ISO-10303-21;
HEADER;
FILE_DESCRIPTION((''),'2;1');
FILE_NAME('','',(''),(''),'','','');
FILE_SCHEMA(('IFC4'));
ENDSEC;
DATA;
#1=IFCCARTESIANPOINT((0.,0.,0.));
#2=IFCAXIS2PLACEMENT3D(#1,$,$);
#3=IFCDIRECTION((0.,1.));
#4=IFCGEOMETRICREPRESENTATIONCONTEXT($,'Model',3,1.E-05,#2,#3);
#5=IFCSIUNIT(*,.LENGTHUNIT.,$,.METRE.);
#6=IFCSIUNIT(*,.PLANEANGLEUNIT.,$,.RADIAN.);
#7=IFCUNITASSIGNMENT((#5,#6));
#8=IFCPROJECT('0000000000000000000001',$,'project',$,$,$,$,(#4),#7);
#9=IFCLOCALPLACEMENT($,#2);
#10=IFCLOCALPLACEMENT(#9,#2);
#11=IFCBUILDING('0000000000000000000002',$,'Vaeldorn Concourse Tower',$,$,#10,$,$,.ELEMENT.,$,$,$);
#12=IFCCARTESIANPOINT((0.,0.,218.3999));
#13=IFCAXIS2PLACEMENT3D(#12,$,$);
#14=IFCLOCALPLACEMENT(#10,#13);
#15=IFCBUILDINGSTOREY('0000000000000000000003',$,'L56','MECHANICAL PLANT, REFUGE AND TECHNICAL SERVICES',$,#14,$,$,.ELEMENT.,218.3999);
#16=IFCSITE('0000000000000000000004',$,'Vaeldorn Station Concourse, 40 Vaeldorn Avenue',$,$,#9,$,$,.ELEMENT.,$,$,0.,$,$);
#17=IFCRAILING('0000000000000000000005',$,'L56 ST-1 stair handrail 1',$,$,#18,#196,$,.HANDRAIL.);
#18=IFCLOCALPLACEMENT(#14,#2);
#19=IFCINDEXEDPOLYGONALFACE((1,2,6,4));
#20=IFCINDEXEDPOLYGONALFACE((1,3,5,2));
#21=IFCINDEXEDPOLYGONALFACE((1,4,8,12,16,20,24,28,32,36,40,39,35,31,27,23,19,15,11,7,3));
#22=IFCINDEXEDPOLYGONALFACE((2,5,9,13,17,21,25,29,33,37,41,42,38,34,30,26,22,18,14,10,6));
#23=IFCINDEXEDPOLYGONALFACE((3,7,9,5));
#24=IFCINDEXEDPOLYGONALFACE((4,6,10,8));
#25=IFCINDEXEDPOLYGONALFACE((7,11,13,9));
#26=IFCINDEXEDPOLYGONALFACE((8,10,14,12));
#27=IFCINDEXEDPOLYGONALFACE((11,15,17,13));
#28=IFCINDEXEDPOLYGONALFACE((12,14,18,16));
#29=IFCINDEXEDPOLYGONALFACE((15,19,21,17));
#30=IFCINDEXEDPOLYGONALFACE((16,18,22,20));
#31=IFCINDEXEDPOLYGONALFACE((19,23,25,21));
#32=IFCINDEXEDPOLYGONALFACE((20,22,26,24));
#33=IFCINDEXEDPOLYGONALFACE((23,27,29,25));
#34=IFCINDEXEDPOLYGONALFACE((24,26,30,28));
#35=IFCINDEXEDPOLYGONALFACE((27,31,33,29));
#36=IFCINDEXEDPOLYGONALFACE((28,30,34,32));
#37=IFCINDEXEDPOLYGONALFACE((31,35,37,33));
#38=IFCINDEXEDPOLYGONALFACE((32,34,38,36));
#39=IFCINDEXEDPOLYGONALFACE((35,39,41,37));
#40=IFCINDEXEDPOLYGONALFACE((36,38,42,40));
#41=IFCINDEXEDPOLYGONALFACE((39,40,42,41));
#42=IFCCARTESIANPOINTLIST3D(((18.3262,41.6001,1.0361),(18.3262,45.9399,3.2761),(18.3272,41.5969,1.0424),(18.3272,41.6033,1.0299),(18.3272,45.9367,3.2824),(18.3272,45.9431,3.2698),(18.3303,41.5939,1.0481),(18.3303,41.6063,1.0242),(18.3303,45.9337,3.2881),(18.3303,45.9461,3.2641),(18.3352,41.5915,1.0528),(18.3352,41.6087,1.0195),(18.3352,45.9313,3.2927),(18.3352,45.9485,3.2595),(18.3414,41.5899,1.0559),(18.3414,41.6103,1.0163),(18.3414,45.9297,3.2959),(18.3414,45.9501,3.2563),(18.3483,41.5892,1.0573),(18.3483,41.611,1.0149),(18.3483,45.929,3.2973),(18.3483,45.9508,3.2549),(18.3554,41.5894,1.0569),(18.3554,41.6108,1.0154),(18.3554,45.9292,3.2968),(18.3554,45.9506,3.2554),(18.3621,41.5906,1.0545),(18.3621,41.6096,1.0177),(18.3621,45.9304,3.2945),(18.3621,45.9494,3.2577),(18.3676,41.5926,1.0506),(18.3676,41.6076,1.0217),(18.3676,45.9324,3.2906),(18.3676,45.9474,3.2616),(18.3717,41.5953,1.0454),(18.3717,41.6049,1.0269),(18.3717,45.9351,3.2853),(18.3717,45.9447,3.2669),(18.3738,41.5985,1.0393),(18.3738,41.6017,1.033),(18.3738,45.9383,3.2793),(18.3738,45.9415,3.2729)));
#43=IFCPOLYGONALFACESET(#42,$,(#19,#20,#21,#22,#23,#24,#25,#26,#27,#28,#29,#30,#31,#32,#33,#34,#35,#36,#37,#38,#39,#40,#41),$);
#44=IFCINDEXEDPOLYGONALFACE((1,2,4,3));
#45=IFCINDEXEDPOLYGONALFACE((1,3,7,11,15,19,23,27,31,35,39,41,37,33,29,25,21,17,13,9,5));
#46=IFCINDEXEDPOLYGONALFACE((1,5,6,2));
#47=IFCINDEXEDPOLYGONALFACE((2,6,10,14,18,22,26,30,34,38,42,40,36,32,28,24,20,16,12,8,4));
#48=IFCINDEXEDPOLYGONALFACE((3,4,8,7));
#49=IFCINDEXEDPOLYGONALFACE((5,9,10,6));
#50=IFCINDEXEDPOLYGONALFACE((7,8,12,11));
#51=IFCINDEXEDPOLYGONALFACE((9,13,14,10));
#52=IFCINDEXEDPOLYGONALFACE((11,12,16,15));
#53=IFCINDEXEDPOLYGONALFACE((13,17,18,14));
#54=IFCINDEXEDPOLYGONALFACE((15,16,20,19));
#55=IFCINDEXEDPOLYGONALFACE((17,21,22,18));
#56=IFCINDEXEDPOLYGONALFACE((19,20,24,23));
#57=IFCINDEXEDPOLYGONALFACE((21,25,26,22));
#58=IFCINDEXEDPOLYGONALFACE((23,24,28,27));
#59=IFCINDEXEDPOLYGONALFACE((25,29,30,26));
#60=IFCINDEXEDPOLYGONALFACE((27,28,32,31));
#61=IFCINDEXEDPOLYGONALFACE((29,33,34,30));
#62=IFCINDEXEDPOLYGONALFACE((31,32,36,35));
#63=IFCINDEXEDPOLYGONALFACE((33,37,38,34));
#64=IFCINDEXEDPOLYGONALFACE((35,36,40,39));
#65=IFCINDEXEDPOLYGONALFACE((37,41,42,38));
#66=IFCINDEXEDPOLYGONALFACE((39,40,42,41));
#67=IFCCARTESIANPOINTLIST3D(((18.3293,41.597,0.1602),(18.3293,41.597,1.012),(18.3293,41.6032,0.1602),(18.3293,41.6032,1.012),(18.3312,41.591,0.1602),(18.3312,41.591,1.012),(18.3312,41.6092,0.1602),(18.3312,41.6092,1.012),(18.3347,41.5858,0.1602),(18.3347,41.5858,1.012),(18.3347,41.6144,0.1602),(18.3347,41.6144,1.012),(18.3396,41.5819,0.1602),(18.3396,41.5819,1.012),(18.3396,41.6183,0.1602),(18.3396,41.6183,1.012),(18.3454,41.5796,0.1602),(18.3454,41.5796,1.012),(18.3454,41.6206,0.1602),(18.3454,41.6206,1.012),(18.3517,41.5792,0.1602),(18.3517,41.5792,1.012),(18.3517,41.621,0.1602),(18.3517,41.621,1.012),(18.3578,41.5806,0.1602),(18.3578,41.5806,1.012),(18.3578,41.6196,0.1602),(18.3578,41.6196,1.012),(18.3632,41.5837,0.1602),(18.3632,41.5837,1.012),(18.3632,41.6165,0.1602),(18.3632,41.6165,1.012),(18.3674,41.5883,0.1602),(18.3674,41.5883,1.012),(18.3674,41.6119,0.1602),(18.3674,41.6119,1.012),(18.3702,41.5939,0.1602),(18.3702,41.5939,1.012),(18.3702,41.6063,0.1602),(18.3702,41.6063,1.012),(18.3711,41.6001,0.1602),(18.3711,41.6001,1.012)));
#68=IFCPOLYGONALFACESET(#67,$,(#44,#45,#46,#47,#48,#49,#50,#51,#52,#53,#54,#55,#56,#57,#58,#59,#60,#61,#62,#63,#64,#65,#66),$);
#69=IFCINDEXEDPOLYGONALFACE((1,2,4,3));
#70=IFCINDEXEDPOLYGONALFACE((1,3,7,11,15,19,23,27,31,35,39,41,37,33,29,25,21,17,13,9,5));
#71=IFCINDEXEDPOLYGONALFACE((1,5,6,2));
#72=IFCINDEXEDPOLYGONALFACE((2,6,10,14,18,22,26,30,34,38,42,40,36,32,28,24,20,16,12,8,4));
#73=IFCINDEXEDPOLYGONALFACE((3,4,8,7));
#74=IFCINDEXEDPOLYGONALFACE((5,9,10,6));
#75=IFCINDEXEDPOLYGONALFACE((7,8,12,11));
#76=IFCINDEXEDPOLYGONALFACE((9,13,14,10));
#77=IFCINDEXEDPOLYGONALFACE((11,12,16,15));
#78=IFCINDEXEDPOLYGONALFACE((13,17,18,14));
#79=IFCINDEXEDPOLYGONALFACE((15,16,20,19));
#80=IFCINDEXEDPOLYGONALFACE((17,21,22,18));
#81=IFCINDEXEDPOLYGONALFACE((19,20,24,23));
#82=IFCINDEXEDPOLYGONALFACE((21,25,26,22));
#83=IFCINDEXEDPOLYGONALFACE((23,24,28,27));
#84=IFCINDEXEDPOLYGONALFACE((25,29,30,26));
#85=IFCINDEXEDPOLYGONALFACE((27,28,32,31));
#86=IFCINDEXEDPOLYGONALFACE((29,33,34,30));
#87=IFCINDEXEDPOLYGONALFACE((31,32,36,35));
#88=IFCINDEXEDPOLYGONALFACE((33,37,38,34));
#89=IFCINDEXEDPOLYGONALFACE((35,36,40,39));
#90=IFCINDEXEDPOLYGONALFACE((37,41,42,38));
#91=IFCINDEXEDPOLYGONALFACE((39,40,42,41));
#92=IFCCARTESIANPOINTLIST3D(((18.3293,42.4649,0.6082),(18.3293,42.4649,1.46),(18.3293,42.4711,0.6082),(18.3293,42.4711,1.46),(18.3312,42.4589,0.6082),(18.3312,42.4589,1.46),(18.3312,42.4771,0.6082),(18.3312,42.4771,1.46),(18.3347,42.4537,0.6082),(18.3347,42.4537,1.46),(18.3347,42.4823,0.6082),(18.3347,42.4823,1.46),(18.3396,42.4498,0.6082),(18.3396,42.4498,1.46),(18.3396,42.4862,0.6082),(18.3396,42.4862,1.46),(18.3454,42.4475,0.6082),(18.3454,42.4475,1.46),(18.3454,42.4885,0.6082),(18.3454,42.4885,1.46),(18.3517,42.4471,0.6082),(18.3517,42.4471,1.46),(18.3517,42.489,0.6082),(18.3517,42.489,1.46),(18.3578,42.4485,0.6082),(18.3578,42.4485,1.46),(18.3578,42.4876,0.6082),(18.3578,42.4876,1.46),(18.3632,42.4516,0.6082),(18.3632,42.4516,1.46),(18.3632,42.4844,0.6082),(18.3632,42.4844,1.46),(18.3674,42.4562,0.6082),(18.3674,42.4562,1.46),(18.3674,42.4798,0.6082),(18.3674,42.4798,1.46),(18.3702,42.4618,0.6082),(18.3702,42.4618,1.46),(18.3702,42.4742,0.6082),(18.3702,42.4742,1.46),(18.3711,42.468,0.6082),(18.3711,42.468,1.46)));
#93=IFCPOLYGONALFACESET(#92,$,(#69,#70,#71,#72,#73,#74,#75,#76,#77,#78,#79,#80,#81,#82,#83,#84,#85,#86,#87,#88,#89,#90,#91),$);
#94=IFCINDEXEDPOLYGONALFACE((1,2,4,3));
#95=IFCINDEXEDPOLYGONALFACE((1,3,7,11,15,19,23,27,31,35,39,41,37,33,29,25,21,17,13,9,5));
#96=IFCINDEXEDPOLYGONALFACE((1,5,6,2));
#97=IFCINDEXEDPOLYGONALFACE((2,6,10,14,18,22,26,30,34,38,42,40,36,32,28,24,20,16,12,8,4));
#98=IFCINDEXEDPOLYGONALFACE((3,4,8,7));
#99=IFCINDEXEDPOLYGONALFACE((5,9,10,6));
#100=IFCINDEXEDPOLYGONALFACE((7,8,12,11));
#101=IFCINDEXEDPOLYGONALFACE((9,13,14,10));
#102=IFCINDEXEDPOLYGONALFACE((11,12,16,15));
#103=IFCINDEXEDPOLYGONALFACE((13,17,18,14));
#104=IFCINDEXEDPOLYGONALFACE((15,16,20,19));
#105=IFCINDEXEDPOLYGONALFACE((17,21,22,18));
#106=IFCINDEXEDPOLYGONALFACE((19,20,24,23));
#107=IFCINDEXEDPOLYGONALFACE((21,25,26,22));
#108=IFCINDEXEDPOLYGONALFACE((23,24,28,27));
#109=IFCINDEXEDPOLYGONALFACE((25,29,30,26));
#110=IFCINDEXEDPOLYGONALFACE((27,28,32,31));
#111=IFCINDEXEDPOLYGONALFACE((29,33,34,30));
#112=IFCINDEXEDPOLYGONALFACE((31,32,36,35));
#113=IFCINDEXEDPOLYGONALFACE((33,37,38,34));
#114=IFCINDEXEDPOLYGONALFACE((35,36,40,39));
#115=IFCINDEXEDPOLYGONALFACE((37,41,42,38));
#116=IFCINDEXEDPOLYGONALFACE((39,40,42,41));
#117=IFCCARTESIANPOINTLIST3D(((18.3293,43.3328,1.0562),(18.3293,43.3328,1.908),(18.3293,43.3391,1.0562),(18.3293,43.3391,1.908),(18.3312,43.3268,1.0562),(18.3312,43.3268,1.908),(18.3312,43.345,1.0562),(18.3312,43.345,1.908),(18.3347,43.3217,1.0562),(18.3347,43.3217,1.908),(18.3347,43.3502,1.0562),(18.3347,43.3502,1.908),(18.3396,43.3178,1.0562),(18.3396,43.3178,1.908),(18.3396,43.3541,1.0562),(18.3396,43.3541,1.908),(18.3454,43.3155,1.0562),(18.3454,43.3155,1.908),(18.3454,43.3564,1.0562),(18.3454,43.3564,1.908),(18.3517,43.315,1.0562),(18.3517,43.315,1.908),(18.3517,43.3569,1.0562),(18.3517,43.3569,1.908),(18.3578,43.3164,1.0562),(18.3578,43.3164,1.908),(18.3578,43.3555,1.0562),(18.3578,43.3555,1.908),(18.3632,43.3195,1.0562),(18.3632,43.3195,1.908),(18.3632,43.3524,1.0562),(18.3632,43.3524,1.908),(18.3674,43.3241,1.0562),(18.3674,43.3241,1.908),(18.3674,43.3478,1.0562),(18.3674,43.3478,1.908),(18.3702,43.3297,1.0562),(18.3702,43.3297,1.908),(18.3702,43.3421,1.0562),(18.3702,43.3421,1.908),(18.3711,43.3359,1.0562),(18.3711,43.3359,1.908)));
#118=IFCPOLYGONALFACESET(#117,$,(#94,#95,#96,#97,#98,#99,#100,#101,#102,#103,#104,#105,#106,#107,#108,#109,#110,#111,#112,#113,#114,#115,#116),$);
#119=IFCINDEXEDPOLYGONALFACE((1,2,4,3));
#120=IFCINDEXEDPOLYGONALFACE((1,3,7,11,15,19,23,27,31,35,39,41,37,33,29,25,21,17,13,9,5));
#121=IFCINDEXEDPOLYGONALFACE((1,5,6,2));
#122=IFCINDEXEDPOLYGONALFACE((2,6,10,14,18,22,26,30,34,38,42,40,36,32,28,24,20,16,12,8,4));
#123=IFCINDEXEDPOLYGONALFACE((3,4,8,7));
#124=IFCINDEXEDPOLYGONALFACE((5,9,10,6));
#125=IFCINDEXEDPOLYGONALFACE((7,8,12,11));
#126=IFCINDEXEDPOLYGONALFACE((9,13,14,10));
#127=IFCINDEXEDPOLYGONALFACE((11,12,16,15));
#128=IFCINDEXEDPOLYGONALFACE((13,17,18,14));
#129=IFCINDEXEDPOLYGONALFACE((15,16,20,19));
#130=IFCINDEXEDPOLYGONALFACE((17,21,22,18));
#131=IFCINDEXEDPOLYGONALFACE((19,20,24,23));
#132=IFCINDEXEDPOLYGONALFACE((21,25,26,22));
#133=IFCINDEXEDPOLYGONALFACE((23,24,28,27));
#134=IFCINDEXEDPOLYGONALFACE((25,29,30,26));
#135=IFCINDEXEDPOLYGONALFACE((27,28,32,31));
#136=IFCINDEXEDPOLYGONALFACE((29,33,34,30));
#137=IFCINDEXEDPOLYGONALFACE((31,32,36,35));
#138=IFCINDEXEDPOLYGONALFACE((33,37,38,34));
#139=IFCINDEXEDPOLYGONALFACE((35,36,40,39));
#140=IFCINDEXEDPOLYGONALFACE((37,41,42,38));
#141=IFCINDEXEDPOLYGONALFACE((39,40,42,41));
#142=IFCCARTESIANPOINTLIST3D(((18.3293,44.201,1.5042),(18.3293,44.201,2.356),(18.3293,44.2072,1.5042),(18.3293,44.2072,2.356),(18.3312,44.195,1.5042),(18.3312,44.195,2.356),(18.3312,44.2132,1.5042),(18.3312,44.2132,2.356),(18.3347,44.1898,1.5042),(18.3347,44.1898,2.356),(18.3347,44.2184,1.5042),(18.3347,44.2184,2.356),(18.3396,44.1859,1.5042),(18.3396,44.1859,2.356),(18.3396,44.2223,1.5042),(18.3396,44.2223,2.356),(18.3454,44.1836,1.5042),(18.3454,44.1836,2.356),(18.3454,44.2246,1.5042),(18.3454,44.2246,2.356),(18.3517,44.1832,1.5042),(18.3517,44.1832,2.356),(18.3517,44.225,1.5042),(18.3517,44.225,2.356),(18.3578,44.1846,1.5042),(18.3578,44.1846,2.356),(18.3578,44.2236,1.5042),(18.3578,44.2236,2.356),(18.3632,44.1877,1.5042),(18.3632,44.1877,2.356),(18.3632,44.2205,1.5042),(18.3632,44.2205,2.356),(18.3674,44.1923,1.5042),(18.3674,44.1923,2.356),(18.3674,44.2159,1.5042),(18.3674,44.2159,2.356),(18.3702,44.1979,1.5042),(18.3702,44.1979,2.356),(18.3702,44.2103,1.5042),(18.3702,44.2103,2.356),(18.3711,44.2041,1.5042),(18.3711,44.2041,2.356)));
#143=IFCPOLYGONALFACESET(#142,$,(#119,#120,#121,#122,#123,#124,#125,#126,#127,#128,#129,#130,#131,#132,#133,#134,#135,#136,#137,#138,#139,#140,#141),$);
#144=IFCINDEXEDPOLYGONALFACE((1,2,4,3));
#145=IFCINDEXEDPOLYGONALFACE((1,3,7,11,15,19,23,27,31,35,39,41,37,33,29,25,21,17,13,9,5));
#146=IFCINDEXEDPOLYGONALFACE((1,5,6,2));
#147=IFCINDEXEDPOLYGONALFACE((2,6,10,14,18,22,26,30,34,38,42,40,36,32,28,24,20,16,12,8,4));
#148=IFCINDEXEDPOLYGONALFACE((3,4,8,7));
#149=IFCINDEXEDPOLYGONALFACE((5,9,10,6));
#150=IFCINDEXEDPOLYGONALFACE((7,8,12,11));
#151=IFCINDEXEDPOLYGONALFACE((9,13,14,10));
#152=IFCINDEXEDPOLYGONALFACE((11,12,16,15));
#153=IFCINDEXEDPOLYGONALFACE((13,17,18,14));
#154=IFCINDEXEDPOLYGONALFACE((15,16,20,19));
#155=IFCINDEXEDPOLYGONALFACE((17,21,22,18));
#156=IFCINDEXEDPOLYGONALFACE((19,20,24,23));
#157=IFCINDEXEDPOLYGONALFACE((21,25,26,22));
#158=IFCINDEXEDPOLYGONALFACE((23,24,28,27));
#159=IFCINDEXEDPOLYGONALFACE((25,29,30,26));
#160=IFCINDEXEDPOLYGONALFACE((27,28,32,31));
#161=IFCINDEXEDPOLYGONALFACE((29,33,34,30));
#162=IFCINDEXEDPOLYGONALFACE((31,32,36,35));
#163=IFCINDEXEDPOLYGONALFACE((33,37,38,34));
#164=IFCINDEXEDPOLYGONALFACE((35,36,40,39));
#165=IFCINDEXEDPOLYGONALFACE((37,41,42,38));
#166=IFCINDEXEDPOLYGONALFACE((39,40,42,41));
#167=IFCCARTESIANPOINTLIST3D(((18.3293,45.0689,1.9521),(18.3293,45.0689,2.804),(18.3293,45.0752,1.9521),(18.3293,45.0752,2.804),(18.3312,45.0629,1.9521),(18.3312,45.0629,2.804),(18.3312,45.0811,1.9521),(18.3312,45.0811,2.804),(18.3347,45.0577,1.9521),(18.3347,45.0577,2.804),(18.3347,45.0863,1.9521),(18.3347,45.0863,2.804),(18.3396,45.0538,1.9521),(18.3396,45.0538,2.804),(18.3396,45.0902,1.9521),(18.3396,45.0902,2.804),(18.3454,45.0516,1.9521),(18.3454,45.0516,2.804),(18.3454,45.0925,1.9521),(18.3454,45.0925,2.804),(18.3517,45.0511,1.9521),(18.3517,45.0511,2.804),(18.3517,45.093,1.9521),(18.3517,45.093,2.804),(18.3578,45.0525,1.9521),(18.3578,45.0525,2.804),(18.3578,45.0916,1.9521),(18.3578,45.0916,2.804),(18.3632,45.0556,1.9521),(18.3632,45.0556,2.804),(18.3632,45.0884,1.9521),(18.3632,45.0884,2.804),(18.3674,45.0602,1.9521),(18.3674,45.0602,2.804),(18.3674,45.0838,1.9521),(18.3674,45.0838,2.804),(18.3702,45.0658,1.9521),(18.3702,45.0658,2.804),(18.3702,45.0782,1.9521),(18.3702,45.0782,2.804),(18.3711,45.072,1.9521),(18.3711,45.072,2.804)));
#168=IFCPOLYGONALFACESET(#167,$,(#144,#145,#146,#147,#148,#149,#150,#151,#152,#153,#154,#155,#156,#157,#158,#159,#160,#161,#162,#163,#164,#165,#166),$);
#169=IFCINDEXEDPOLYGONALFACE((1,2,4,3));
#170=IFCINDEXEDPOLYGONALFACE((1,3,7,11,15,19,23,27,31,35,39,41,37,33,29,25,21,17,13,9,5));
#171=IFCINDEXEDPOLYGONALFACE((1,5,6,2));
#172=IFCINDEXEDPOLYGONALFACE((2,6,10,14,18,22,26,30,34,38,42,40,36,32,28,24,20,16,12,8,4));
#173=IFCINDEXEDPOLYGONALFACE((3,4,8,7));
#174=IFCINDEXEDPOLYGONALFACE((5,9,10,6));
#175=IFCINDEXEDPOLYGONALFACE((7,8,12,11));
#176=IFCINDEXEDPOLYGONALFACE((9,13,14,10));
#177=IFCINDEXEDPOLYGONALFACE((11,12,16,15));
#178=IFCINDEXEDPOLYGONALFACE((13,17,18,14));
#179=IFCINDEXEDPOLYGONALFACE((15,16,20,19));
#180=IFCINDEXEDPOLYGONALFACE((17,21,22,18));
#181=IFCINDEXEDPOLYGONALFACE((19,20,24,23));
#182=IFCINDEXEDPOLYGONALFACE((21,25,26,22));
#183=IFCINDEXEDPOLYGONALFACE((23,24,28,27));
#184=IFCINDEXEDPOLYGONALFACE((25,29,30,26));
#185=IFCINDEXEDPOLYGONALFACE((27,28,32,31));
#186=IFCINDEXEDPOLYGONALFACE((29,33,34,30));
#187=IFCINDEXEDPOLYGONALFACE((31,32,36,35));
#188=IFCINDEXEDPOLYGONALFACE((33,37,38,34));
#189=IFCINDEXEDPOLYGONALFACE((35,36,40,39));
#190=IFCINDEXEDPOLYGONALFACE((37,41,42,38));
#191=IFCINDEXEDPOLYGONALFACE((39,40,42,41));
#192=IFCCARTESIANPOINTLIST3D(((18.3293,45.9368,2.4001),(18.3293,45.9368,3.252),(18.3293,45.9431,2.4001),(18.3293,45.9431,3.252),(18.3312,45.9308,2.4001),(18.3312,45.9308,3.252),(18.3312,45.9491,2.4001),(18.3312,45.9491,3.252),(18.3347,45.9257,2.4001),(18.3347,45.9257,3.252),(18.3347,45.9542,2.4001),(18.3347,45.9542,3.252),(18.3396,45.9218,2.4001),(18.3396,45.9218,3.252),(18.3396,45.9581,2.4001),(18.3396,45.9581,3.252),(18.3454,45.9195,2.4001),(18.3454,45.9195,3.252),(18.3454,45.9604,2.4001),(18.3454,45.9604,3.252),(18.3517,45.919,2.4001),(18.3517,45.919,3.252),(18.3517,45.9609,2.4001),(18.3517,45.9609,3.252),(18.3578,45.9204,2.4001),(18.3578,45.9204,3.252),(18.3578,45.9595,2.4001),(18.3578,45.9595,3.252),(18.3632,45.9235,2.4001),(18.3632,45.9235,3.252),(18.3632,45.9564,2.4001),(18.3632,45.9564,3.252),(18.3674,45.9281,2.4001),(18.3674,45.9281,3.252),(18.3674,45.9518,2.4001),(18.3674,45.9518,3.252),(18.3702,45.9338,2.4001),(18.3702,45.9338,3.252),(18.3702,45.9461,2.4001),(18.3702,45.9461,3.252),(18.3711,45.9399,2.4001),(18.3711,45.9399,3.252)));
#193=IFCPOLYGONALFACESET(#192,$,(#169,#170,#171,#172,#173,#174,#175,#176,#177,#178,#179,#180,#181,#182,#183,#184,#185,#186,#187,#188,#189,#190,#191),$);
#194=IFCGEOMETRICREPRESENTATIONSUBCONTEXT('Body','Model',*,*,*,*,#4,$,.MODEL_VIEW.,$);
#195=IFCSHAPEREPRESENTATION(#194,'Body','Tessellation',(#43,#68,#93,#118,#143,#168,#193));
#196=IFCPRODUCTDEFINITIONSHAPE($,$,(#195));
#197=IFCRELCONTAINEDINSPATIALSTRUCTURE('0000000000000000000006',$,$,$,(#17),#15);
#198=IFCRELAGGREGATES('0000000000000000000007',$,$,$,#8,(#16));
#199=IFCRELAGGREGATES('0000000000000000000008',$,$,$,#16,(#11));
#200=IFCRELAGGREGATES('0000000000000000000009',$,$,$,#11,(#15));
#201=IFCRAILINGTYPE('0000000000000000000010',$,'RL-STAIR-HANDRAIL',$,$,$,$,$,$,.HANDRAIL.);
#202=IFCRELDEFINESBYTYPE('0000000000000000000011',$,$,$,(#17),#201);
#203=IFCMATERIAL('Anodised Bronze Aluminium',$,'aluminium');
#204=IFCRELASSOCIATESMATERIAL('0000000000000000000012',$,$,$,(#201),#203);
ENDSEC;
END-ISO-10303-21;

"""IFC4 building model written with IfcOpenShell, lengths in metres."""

from ifc_helpers import new_model, si_unit, direction, frame, origin, origin_2d, place, context, subcontext, project, spatial, circle, extrude, material, type_object, element, save


model = new_model("IFC4")

# Units and contexts
model_context = context("Model", 3, precision=1e-05, world=origin(), true_north=direction((0.0, 1.0)))
body_context = subcontext(model_context, "Body", "Model", "MODEL_VIEW")
ifc_project = project(units=[si_unit("LENGTHUNIT", "METRE"), si_unit("PLANEANGLEUNIT", "RADIAN")], contexts=[model_context])

# Site, building, storey
site_placement = place(None, origin())
site = spatial("IfcSite", under=ifc_project, at=site_placement, Name="Vaeldorn Station Concourse, 40 Vaeldorn Avenue", CompositionType="ELEMENT", RefElevation=0.0)
building_placement = place(site_placement, origin())
building = spatial("IfcBuilding", under=site, at=building_placement, Name="Vaeldorn Concourse Tower", CompositionType="ELEMENT")
storey_placement = place(building_placement, frame((0.0, 0.0, 218.3999)))
storey = spatial("IfcBuildingStorey", under=building, at=storey_placement, Name="L56", Description="MECHANICAL PLANT, REFUGE AND TECHNICAL SERVICES", CompositionType="ELEMENT", Elevation=218.3999)

# Railing
ifc_material_1 = material(Name="Anodised Bronze Aluminium", Category="aluminium")
railing_type_1 = type_object("IfcRailingType", Name="RL-STAIR-HANDRAIL", PredefinedType="HANDRAIL", material=ifc_material_1)
railing_1_placement = place(storey_placement, frame((18.3501, 41.6001, 0.1602)))
element("IfcRailing", 1, at=railing_1_placement, inside=storey, type_object=railing_type_1, Name="L56 ST-1 stair handrail 1", PredefinedType="HANDRAIL", context=body_context, shape_type="SweptSolid", body=[
    extrude(circle(Radius=0.0239, at=origin_2d()), frame((0.0, 0.0, 0.876), z_axis=(0.0, 0.888615, 0.458654), x_axis=(-1.0, 0.0, 0.0)), (0.0, 0.0, 1.0), 4.8838),
    extrude(circle(Radius=0.021, at=origin_2d()), origin(), (0.0, 0.0, 1.0), 0.8518),
    extrude(circle(Radius=0.021, at=origin_2d()), frame((0.0, 0.8679, 0.448)), (0.0, 0.0, 1.0), 0.8518),
    extrude(circle(Radius=0.021, at=origin_2d()), frame((0.0, 1.7358, 0.896)), (0.0, 0.0, 1.0), 0.8518),
    extrude(circle(Radius=0.021, at=origin_2d()), frame((0.0, 2.604, 1.344)), (0.0, 0.0, 1.0), 0.8518),
    extrude(circle(Radius=0.021, at=origin_2d()), frame((0.0, 3.4719, 1.792)), (0.0, 0.0, 1.0), 0.8518),
    extrude(circle(Radius=0.021, at=origin_2d()), frame((0.0, 4.3398, 2.24)), (0.0, 0.0, 1.0), 0.8518),
])

save(model, "model.ifc")
